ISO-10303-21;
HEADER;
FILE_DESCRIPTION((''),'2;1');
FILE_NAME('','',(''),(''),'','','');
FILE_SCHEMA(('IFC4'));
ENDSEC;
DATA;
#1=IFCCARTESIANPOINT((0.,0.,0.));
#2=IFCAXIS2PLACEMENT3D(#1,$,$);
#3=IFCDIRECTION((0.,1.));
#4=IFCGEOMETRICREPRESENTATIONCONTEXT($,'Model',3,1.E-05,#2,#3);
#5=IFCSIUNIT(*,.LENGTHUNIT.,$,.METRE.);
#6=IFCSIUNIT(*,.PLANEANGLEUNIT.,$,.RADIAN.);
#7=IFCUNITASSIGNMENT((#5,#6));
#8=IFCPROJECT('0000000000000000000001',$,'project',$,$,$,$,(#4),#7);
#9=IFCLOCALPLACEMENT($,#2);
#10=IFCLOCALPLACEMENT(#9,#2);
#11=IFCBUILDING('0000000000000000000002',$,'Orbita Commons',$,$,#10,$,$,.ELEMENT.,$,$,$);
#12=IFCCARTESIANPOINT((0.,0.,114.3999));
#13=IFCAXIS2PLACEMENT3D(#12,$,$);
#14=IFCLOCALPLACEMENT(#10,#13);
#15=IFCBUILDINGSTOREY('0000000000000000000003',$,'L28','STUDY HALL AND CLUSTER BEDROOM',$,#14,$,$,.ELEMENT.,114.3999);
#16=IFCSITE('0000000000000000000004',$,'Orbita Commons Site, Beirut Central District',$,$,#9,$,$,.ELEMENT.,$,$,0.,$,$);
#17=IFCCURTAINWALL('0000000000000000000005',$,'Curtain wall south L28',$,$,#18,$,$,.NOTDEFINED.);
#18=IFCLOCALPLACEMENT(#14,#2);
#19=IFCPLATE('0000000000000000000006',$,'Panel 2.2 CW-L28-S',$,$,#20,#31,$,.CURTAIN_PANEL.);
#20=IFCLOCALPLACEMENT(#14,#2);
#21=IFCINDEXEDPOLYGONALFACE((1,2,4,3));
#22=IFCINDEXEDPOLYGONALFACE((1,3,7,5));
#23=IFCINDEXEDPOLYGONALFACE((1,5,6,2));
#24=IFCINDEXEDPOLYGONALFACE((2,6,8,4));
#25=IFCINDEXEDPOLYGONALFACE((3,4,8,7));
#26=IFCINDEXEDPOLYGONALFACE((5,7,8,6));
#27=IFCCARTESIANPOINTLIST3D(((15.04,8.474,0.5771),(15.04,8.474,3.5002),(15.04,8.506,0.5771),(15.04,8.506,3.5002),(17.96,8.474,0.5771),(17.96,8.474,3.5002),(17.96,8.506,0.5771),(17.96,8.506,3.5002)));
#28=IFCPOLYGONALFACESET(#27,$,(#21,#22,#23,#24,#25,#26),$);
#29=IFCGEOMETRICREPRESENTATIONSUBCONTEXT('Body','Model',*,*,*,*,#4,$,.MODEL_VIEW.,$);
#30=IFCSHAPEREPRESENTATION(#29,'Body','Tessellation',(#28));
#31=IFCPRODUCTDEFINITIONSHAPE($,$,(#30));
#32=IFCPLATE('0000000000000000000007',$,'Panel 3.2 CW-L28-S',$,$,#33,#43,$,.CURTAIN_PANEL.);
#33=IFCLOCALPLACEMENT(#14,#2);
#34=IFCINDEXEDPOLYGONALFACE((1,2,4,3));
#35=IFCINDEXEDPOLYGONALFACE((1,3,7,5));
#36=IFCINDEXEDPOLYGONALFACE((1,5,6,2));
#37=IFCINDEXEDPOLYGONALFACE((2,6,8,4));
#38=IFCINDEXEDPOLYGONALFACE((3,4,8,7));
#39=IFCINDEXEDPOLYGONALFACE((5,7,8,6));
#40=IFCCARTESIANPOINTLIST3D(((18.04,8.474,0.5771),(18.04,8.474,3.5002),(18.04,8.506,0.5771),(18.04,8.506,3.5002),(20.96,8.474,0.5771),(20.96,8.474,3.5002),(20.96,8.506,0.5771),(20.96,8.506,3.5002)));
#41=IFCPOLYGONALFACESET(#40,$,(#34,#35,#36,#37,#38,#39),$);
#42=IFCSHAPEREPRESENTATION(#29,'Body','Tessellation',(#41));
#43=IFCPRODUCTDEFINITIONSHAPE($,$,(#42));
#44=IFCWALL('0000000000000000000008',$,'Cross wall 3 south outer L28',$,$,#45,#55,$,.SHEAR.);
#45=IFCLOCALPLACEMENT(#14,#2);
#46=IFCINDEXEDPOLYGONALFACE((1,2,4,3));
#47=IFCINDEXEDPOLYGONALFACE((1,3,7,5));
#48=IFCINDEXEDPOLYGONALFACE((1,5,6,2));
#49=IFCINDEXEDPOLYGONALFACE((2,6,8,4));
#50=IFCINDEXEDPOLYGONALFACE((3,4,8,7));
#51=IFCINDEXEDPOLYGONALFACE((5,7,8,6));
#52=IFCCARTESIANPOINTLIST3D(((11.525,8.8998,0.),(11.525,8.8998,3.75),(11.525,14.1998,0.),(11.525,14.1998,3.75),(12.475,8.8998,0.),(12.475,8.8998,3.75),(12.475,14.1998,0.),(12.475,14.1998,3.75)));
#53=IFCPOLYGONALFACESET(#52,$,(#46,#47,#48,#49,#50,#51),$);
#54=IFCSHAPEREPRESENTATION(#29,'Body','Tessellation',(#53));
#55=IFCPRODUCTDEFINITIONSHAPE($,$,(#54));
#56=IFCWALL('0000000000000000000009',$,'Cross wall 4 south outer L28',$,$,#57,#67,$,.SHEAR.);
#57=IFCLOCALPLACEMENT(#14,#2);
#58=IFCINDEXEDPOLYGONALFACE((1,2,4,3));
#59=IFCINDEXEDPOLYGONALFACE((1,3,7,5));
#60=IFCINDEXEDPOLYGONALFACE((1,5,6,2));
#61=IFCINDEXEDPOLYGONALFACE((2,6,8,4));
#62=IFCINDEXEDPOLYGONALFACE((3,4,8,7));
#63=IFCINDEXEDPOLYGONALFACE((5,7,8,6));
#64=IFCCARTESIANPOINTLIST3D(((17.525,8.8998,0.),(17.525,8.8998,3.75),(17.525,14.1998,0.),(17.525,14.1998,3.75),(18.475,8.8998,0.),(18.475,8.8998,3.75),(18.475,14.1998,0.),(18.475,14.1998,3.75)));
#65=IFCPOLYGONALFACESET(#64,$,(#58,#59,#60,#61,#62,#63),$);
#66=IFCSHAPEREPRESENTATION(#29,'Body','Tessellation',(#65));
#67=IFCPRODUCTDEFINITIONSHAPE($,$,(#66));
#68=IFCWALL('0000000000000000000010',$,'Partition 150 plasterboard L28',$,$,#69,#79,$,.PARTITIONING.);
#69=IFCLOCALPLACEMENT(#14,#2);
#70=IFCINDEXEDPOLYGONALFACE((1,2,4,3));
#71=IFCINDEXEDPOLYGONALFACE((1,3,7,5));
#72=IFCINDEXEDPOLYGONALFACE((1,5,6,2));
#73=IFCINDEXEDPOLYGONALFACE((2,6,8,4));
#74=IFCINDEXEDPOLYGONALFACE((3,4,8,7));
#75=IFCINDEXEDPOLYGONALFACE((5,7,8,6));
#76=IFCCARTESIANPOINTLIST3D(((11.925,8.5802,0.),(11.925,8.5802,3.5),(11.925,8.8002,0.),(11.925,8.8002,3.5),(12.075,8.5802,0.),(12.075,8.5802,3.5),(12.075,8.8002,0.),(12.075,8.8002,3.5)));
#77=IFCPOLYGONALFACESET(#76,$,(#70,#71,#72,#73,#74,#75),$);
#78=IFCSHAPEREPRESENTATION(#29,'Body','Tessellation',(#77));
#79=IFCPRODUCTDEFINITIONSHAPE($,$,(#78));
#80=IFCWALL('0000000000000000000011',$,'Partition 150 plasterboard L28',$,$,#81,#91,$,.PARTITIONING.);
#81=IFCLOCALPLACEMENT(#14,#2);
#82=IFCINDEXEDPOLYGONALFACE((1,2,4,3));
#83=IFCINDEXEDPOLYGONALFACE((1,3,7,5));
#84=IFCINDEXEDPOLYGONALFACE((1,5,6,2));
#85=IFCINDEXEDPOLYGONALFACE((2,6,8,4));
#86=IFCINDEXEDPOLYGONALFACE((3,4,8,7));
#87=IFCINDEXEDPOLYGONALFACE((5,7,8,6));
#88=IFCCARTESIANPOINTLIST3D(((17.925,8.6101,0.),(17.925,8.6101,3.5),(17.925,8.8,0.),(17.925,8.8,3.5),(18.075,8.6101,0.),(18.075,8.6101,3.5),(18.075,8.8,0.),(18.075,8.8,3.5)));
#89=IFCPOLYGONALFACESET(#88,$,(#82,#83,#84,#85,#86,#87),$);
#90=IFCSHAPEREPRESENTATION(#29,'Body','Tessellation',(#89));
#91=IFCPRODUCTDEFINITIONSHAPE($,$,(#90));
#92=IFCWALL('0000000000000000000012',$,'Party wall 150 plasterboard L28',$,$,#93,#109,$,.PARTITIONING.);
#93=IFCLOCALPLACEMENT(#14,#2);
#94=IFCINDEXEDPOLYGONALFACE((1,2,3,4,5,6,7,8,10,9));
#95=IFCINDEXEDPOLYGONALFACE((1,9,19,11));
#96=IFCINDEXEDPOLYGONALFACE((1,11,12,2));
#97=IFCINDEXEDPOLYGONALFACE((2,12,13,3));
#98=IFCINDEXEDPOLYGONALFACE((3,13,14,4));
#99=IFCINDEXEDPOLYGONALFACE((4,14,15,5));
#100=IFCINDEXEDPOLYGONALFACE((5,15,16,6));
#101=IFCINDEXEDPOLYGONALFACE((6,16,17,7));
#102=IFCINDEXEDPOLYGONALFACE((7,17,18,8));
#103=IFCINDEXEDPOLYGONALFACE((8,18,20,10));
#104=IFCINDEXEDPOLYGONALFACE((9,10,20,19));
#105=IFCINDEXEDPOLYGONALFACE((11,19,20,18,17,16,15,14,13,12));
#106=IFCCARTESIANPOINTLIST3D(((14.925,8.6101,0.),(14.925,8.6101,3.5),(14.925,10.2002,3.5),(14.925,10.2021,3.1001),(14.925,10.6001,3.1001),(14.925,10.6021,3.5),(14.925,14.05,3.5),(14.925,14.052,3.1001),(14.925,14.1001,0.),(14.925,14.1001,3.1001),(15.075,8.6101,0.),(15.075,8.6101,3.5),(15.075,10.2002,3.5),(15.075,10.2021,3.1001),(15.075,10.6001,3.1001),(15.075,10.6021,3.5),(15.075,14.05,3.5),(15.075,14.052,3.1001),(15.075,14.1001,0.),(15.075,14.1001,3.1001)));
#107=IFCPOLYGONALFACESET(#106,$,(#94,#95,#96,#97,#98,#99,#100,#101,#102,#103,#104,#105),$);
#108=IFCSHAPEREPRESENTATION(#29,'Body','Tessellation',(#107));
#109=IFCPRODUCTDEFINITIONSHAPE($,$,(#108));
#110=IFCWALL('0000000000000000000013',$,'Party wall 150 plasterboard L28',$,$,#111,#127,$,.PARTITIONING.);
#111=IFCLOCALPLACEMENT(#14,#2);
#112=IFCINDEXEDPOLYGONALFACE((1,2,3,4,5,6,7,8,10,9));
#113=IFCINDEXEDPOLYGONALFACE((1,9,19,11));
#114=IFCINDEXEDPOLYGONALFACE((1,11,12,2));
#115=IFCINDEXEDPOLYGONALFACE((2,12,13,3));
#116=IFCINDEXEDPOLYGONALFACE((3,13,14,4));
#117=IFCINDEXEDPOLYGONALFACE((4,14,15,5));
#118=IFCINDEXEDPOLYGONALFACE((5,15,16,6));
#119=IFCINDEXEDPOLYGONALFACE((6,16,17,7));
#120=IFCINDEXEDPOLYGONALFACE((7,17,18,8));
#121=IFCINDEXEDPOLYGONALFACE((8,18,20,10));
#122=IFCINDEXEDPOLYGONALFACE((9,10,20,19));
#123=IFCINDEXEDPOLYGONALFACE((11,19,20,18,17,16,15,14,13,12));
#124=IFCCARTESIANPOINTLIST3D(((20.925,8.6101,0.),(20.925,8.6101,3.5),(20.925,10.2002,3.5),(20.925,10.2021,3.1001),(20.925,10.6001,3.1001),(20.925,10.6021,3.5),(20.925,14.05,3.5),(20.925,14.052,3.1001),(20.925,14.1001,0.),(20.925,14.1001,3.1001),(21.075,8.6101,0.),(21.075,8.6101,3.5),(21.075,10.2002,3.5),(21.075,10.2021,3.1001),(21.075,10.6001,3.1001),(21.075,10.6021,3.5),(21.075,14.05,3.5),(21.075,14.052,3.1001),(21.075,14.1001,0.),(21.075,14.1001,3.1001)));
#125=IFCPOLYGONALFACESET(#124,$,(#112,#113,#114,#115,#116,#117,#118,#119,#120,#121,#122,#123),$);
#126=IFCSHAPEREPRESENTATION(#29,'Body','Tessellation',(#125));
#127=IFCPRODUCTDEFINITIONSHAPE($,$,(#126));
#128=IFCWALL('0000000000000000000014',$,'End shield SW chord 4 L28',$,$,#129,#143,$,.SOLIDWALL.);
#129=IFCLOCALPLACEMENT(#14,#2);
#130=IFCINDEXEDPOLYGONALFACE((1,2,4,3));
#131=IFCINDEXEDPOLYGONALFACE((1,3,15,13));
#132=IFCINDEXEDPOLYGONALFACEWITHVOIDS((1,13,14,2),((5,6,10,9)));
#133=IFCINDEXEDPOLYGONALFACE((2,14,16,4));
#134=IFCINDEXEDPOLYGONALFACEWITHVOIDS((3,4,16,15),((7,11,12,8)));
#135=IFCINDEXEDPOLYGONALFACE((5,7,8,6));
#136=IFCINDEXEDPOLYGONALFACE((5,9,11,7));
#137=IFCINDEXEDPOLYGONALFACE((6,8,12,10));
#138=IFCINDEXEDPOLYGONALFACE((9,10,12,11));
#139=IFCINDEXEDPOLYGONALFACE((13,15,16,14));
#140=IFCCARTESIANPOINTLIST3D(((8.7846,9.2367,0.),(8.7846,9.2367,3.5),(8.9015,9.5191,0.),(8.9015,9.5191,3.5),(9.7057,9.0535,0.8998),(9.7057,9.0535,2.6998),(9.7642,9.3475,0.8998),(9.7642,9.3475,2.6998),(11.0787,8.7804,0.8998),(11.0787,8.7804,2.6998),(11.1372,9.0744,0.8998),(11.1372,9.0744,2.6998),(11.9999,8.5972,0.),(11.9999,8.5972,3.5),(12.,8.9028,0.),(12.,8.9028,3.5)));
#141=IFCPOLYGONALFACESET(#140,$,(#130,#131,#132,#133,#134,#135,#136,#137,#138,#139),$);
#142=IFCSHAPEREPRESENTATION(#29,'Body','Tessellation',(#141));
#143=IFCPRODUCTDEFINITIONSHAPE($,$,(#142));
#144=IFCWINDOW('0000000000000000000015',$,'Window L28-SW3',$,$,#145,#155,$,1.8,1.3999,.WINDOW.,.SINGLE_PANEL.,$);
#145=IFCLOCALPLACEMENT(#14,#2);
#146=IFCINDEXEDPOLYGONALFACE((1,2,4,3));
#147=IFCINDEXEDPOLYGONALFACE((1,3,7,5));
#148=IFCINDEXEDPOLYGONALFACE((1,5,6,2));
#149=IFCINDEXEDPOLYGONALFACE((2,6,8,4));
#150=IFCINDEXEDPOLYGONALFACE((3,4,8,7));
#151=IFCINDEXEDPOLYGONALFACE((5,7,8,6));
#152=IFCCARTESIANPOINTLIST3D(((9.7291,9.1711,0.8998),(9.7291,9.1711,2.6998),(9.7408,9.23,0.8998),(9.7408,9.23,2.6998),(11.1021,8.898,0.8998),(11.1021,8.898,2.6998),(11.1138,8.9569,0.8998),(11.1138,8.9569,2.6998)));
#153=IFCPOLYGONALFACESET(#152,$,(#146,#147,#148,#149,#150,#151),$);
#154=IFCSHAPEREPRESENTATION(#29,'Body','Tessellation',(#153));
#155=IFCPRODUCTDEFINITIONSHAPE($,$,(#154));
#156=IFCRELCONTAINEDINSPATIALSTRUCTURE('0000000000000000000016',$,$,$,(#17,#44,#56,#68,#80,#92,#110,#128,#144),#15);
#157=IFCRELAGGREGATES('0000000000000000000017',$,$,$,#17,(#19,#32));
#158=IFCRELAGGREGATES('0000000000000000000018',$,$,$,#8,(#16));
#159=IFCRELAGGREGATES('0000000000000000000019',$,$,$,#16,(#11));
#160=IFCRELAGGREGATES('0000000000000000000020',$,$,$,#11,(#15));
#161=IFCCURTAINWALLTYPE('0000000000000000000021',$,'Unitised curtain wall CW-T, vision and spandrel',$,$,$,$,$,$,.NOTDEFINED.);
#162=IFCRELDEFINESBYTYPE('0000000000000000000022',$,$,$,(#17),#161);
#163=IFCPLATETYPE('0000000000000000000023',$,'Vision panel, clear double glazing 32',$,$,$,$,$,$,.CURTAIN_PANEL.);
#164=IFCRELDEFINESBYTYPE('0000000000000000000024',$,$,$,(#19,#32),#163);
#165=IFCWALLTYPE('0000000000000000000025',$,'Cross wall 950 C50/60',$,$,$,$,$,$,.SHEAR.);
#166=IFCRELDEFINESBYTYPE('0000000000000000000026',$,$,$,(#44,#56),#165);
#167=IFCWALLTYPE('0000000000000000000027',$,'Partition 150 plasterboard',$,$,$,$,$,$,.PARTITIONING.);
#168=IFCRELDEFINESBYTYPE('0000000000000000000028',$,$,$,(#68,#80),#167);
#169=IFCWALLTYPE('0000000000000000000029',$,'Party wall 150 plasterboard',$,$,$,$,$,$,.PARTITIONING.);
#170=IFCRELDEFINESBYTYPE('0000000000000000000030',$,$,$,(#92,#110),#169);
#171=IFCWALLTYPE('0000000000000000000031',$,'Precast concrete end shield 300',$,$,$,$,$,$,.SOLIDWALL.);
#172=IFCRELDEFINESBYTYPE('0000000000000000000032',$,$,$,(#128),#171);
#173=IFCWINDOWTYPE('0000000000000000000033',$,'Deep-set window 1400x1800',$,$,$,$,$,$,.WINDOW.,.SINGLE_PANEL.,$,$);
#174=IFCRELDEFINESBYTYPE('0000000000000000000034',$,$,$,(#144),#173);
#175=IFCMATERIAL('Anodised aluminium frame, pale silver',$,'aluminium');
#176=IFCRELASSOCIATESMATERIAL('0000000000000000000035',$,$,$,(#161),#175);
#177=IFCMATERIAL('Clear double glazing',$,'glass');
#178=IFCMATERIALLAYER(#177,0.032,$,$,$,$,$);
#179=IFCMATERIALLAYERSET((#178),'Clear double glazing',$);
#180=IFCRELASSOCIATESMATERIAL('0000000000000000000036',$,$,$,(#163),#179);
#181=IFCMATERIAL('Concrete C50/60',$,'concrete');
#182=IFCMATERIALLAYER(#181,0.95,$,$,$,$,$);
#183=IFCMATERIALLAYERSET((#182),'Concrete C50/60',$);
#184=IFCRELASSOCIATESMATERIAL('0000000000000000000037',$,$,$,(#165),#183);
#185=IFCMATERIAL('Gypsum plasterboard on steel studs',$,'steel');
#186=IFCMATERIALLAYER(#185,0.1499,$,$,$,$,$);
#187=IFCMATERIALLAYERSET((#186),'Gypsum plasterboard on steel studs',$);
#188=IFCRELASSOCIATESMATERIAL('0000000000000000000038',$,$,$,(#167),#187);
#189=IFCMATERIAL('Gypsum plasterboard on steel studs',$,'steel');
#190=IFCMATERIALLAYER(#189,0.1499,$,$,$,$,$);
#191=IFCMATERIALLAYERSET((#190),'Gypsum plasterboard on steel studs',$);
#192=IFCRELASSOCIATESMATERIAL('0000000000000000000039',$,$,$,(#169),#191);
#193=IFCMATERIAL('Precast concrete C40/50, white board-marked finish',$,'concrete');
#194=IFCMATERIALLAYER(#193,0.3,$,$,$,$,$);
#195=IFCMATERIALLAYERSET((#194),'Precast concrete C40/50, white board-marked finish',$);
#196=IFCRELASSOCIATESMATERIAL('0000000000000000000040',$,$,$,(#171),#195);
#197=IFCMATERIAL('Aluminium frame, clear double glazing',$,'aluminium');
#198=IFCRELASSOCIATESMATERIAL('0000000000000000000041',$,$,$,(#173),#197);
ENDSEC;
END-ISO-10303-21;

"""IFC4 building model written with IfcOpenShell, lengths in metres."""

from ifc_helpers import new_model, si_unit, direction, frame, frame_2d, origin, origin_2d, place, context, subcontext, project, spatial, polyline, rectangle, outline, extrude, material, layer, layer_set, type_object, element, fill, aggregate, save


model = new_model("IFC4")

# Units and contexts
model_context = context("Model", 3, precision=1e-05, world=origin(), true_north=direction((0.0, 1.0)))
body_context = subcontext(model_context, "Body", "Model", "MODEL_VIEW")
ifc_project = project(units=[si_unit("LENGTHUNIT", "METRE"), si_unit("PLANEANGLEUNIT", "RADIAN")], contexts=[model_context])

# Site, building, storey
site_placement = place(None, origin())
site = spatial("IfcSite", under=ifc_project, at=site_placement, Name="Orbita Commons Site, Beirut Central District", CompositionType="ELEMENT", RefElevation=0.0)
building_placement = place(site_placement, origin())
building = spatial("IfcBuilding", under=site, at=building_placement, Name="Orbita Commons", CompositionType="ELEMENT")
storey_placement = place(building_placement, frame((0.0, 0.0, 114.3999)))
storey = spatial("IfcBuildingStorey", under=building, at=storey_placement, Name="L28", Description="STUDY HALL AND CLUSTER BEDROOM", CompositionType="ELEMENT", Elevation=114.3999)

# Curtain wall
ifc_material_1 = material(Name="Anodised aluminium frame, pale silver", Category="aluminium")
curtain_wall_type = type_object("IfcCurtainWallType", Name="Unitised curtain wall CW-T, vision and spandrel", PredefinedType="NOTDEFINED", material=ifc_material_1)
curtain_wall_placement = place(storey_placement, origin())
curtain_wall = element("IfcCurtainWall", 1, at=curtain_wall_placement, inside=storey, type_object=curtain_wall_type, Name="Curtain wall south L28", PredefinedType="NOTDEFINED")

# Plates
ifc_material_2 = material(Name="Clear double glazing", Category="glass")
ifc_layer_1 = layer(ifc_material_2, 0.032)
ifc_layer_set_1 = layer_set([ifc_layer_1], Name="Clear double glazing")
plate_type_1 = type_object("IfcPlateType", Name="Vision panel, clear double glazing 32", PredefinedType="CURTAIN_PANEL", material=ifc_layer_set_1)
plate_1_placement = place(storey_placement, frame((16.5, 8.49, 0.5771), z_axis=(0.0, 0.0, 1.0), x_axis=(1.0, 0.0, 0.0)))
plate_1 = element("IfcPlate", 2, at=plate_1_placement, type_object=plate_type_1, Name="Panel 2.2 CW-L28-S", PredefinedType="CURTAIN_PANEL", context=body_context, shape_type="SweptSolid", body=[
    extrude(rectangle(XDim=2.9199, YDim=0.032, at=origin_2d()), origin(), (0.0, 0.0, 1.0), 2.9231),
])
plate_2_placement = place(storey_placement, frame((19.5, 8.49, 0.5771), z_axis=(0.0, 0.0, 1.0), x_axis=(1.0, 0.0, 0.0)))
plate_2 = element("IfcPlate", 3, at=plate_2_placement, type_object=plate_type_1, Name="Panel 3.2 CW-L28-S", PredefinedType="CURTAIN_PANEL", context=body_context, shape_type="SweptSolid", body=[
    extrude(rectangle(XDim=2.9199, YDim=0.032, at=origin_2d()), origin(), (0.0, 0.0, 1.0), 2.9231),
])
aggregate(curtain_wall, [plate_1, plate_2])

# Walls
ifc_material_3 = material(Name="Concrete C50/60", Category="concrete")
ifc_layer_2 = layer(ifc_material_3, 0.95)
ifc_layer_set_2 = layer_set([ifc_layer_2], Name="Concrete C50/60")
wall_type_1 = type_object("IfcWallType", Name="Cross wall 950 C50/60", PredefinedType="SHEAR", material=ifc_layer_set_2)
for number, where, z_axis, x_axis, name in (
    (4, (12.0, 8.8999, 0.0), (0.0, 0.0, 1.0), (0.0, 1.0, 0.0), "Cross wall 3 south outer L28"),
    (5, (18.0, 8.8999, 0.0), (0.0, 0.0, 1.0), (0.0, 1.0, 0.0), "Cross wall 4 south outer L28"),
):
    element("IfcWall", number, at=place(storey_placement, frame(where, z_axis=z_axis, x_axis=x_axis)), inside=storey, type_object=wall_type_1, Name=name, PredefinedType="SHEAR", context=body_context, shape_type="SweptSolid", body=[
        extrude(rectangle(XDim=5.3, YDim=0.95, at=frame_2d((2.6499, 0.0))), origin(), (0.0, 0.0, 1.0), 3.75),
    ])
ifc_material_4 = material(Name="Gypsum plasterboard on steel studs", Category="steel")
ifc_layer_3 = layer(ifc_material_4, 0.1499)
ifc_layer_set_3 = layer_set([ifc_layer_3], Name="Gypsum plasterboard on steel studs")
wall_type_2 = type_object("IfcWallType", Name="Partition 150 plasterboard", PredefinedType="PARTITIONING", material=ifc_layer_set_3)
wall_1_placement = place(storey_placement, frame((12.0, 8.8, 0.0), z_axis=(0.0, 0.0, 1.0), x_axis=(0.0, -1.0, 0.0)))
element("IfcWall", 6, at=wall_1_placement, inside=storey, type_object=wall_type_2, Name="Partition 150 plasterboard L28", PredefinedType="PARTITIONING", context=body_context, shape_type="SweptSolid", body=[
    extrude(rectangle(XDim=0.22, YDim=0.1499, at=frame_2d((0.1099, 0.0))), origin(), (0.0, 0.0, 1.0), 3.5),
])
wall_2_placement = place(storey_placement, frame((18.0, 8.8, 0.0), z_axis=(0.0, 0.0, 1.0), x_axis=(0.0, -1.0, 0.0)))
element("IfcWall", 7, at=wall_2_placement, inside=storey, type_object=wall_type_2, Name="Partition 150 plasterboard L28", PredefinedType="PARTITIONING", context=body_context, shape_type="SweptSolid", body=[
    extrude(rectangle(XDim=0.1899, YDim=0.1499, at=frame_2d((0.095, 0.0))), origin(), (0.0, 0.0, 1.0), 3.5),
])
ifc_material_5 = material(Name="Gypsum plasterboard on steel studs", Category="steel")
ifc_layer_4 = layer(ifc_material_5, 0.1499)
ifc_layer_set_4 = layer_set([ifc_layer_4], Name="Gypsum plasterboard on steel studs")
wall_type_3 = type_object("IfcWallType", Name="Party wall 150 plasterboard", PredefinedType="PARTITIONING", material=ifc_layer_set_4)
for number, where, z_axis, x_axis, name in (
    (8, (15.0, 8.6101, 0.0), (0.0, 0.0, 1.0), (0.0, 1.0, 0.0), "Party wall 150 plasterboard L28"),
    (9, (21.0, 8.6101, 0.0), (0.0, 0.0, 1.0), (0.0, 1.0, 0.0), "Party wall 150 plasterboard L28"),
):
    element("IfcWall", number, at=place(storey_placement, frame(where, z_axis=z_axis, x_axis=x_axis)), inside=storey, type_object=wall_type_3, Name=name, PredefinedType="PARTITIONING", context=body_context, shape_type="SweptSolid", body=[
        extrude(outline(polyline([(0.0, 0.0), (5.49, 0.0), (5.49, 3.1001), (5.4419, 3.1001), (5.4399, 3.5), (1.9919, 3.5), (1.99, 3.1001), (1.592, 3.1001), (1.5901, 3.5), (0.0, 3.5), (0.0, 0.0)])), frame((0.0, 0.075, 0.0), z_axis=(0.0, -1.0, 0.0), x_axis=(1.0, 0.0, 0.0)), (0.0, 0.0, 1.0), 0.1499),
    ])

# Wall, opening, window
ifc_material_6 = material(Name="Precast concrete C40/50, white board-marked finish", Category="concrete")
ifc_layer_5 = layer(ifc_material_6, 0.3)
ifc_layer_set_5 = layer_set([ifc_layer_5], Name="Precast concrete C40/50, white board-marked finish")
wall_type_4 = type_object("IfcWallType", Name="Precast concrete end shield 300", PredefinedType="SOLIDWALL", material=ifc_layer_set_5)
wall_3_placement = place(storey_placement, frame((8.843, 9.3779, 0.0), z_axis=(0.0, 0.0, 1.0), x_axis=(0.980787, -0.19508, 0.0)))
wall_3 = element("IfcWall", 10, at=wall_3_placement, inside=storey, type_object=wall_type_4, Name="End shield SW chord 4 L28", PredefinedType="SOLIDWALL", context=body_context, shape_type="SweptSolid", body=[
    extrude(outline(polyline([(-0.0298, -0.1499), (3.2485, -0.1499), (3.189, 0.1499), (0.0298, 0.1499), (-0.0298, -0.1499)])), origin(), (0.0, 0.0, 1.0), 3.5),
])
opening_placement = place(wall_3_placement, frame((0.9094, 0.0, 0.8999)))
opening = element("IfcOpeningElement", 11, at=opening_placement, cuts=wall_3, PredefinedType="OPENING", context=body_context, shape_type="SweptSolid", body=[
    extrude(rectangle(XDim=1.3999, YDim=1.8, at=frame_2d((0.7, 0.8999))), frame((0.0, 0.1599, 0.0), z_axis=(0.0, -1.0, 0.0), x_axis=(1.0, 0.0, 0.0)), (0.0, 0.0, 1.0), 0.3201),
])
ifc_material_7 = material(Name="Aluminium frame, clear double glazing", Category="aluminium")
window_type = type_object("IfcWindowType", Name="Deep-set window 1400x1800", PartitioningType="SINGLE_PANEL", PredefinedType="WINDOW", material=ifc_material_7)
window_placement = place(opening_placement, origin())
window = element("IfcWindow", 12, at=window_placement, inside=storey, type_object=window_type, Name="Window L28-SW3", OverallHeight=1.8, OverallWidth=1.3999, PartitioningType="SINGLE_PANEL", PredefinedType="WINDOW", context=body_context, shape_type="SweptSolid", body=[
    extrude(rectangle(XDim=1.3999, YDim=1.8, at=frame_2d((0.7, 0.8999))), frame((0.0, 0.03, 0.0), z_axis=(0.0, -1.0, 0.0), x_axis=(1.0, 0.0, 0.0)), (0.0, 0.0, 1.0), 0.0601),
])
fill(opening, window)

save(model, "model.ifc")
